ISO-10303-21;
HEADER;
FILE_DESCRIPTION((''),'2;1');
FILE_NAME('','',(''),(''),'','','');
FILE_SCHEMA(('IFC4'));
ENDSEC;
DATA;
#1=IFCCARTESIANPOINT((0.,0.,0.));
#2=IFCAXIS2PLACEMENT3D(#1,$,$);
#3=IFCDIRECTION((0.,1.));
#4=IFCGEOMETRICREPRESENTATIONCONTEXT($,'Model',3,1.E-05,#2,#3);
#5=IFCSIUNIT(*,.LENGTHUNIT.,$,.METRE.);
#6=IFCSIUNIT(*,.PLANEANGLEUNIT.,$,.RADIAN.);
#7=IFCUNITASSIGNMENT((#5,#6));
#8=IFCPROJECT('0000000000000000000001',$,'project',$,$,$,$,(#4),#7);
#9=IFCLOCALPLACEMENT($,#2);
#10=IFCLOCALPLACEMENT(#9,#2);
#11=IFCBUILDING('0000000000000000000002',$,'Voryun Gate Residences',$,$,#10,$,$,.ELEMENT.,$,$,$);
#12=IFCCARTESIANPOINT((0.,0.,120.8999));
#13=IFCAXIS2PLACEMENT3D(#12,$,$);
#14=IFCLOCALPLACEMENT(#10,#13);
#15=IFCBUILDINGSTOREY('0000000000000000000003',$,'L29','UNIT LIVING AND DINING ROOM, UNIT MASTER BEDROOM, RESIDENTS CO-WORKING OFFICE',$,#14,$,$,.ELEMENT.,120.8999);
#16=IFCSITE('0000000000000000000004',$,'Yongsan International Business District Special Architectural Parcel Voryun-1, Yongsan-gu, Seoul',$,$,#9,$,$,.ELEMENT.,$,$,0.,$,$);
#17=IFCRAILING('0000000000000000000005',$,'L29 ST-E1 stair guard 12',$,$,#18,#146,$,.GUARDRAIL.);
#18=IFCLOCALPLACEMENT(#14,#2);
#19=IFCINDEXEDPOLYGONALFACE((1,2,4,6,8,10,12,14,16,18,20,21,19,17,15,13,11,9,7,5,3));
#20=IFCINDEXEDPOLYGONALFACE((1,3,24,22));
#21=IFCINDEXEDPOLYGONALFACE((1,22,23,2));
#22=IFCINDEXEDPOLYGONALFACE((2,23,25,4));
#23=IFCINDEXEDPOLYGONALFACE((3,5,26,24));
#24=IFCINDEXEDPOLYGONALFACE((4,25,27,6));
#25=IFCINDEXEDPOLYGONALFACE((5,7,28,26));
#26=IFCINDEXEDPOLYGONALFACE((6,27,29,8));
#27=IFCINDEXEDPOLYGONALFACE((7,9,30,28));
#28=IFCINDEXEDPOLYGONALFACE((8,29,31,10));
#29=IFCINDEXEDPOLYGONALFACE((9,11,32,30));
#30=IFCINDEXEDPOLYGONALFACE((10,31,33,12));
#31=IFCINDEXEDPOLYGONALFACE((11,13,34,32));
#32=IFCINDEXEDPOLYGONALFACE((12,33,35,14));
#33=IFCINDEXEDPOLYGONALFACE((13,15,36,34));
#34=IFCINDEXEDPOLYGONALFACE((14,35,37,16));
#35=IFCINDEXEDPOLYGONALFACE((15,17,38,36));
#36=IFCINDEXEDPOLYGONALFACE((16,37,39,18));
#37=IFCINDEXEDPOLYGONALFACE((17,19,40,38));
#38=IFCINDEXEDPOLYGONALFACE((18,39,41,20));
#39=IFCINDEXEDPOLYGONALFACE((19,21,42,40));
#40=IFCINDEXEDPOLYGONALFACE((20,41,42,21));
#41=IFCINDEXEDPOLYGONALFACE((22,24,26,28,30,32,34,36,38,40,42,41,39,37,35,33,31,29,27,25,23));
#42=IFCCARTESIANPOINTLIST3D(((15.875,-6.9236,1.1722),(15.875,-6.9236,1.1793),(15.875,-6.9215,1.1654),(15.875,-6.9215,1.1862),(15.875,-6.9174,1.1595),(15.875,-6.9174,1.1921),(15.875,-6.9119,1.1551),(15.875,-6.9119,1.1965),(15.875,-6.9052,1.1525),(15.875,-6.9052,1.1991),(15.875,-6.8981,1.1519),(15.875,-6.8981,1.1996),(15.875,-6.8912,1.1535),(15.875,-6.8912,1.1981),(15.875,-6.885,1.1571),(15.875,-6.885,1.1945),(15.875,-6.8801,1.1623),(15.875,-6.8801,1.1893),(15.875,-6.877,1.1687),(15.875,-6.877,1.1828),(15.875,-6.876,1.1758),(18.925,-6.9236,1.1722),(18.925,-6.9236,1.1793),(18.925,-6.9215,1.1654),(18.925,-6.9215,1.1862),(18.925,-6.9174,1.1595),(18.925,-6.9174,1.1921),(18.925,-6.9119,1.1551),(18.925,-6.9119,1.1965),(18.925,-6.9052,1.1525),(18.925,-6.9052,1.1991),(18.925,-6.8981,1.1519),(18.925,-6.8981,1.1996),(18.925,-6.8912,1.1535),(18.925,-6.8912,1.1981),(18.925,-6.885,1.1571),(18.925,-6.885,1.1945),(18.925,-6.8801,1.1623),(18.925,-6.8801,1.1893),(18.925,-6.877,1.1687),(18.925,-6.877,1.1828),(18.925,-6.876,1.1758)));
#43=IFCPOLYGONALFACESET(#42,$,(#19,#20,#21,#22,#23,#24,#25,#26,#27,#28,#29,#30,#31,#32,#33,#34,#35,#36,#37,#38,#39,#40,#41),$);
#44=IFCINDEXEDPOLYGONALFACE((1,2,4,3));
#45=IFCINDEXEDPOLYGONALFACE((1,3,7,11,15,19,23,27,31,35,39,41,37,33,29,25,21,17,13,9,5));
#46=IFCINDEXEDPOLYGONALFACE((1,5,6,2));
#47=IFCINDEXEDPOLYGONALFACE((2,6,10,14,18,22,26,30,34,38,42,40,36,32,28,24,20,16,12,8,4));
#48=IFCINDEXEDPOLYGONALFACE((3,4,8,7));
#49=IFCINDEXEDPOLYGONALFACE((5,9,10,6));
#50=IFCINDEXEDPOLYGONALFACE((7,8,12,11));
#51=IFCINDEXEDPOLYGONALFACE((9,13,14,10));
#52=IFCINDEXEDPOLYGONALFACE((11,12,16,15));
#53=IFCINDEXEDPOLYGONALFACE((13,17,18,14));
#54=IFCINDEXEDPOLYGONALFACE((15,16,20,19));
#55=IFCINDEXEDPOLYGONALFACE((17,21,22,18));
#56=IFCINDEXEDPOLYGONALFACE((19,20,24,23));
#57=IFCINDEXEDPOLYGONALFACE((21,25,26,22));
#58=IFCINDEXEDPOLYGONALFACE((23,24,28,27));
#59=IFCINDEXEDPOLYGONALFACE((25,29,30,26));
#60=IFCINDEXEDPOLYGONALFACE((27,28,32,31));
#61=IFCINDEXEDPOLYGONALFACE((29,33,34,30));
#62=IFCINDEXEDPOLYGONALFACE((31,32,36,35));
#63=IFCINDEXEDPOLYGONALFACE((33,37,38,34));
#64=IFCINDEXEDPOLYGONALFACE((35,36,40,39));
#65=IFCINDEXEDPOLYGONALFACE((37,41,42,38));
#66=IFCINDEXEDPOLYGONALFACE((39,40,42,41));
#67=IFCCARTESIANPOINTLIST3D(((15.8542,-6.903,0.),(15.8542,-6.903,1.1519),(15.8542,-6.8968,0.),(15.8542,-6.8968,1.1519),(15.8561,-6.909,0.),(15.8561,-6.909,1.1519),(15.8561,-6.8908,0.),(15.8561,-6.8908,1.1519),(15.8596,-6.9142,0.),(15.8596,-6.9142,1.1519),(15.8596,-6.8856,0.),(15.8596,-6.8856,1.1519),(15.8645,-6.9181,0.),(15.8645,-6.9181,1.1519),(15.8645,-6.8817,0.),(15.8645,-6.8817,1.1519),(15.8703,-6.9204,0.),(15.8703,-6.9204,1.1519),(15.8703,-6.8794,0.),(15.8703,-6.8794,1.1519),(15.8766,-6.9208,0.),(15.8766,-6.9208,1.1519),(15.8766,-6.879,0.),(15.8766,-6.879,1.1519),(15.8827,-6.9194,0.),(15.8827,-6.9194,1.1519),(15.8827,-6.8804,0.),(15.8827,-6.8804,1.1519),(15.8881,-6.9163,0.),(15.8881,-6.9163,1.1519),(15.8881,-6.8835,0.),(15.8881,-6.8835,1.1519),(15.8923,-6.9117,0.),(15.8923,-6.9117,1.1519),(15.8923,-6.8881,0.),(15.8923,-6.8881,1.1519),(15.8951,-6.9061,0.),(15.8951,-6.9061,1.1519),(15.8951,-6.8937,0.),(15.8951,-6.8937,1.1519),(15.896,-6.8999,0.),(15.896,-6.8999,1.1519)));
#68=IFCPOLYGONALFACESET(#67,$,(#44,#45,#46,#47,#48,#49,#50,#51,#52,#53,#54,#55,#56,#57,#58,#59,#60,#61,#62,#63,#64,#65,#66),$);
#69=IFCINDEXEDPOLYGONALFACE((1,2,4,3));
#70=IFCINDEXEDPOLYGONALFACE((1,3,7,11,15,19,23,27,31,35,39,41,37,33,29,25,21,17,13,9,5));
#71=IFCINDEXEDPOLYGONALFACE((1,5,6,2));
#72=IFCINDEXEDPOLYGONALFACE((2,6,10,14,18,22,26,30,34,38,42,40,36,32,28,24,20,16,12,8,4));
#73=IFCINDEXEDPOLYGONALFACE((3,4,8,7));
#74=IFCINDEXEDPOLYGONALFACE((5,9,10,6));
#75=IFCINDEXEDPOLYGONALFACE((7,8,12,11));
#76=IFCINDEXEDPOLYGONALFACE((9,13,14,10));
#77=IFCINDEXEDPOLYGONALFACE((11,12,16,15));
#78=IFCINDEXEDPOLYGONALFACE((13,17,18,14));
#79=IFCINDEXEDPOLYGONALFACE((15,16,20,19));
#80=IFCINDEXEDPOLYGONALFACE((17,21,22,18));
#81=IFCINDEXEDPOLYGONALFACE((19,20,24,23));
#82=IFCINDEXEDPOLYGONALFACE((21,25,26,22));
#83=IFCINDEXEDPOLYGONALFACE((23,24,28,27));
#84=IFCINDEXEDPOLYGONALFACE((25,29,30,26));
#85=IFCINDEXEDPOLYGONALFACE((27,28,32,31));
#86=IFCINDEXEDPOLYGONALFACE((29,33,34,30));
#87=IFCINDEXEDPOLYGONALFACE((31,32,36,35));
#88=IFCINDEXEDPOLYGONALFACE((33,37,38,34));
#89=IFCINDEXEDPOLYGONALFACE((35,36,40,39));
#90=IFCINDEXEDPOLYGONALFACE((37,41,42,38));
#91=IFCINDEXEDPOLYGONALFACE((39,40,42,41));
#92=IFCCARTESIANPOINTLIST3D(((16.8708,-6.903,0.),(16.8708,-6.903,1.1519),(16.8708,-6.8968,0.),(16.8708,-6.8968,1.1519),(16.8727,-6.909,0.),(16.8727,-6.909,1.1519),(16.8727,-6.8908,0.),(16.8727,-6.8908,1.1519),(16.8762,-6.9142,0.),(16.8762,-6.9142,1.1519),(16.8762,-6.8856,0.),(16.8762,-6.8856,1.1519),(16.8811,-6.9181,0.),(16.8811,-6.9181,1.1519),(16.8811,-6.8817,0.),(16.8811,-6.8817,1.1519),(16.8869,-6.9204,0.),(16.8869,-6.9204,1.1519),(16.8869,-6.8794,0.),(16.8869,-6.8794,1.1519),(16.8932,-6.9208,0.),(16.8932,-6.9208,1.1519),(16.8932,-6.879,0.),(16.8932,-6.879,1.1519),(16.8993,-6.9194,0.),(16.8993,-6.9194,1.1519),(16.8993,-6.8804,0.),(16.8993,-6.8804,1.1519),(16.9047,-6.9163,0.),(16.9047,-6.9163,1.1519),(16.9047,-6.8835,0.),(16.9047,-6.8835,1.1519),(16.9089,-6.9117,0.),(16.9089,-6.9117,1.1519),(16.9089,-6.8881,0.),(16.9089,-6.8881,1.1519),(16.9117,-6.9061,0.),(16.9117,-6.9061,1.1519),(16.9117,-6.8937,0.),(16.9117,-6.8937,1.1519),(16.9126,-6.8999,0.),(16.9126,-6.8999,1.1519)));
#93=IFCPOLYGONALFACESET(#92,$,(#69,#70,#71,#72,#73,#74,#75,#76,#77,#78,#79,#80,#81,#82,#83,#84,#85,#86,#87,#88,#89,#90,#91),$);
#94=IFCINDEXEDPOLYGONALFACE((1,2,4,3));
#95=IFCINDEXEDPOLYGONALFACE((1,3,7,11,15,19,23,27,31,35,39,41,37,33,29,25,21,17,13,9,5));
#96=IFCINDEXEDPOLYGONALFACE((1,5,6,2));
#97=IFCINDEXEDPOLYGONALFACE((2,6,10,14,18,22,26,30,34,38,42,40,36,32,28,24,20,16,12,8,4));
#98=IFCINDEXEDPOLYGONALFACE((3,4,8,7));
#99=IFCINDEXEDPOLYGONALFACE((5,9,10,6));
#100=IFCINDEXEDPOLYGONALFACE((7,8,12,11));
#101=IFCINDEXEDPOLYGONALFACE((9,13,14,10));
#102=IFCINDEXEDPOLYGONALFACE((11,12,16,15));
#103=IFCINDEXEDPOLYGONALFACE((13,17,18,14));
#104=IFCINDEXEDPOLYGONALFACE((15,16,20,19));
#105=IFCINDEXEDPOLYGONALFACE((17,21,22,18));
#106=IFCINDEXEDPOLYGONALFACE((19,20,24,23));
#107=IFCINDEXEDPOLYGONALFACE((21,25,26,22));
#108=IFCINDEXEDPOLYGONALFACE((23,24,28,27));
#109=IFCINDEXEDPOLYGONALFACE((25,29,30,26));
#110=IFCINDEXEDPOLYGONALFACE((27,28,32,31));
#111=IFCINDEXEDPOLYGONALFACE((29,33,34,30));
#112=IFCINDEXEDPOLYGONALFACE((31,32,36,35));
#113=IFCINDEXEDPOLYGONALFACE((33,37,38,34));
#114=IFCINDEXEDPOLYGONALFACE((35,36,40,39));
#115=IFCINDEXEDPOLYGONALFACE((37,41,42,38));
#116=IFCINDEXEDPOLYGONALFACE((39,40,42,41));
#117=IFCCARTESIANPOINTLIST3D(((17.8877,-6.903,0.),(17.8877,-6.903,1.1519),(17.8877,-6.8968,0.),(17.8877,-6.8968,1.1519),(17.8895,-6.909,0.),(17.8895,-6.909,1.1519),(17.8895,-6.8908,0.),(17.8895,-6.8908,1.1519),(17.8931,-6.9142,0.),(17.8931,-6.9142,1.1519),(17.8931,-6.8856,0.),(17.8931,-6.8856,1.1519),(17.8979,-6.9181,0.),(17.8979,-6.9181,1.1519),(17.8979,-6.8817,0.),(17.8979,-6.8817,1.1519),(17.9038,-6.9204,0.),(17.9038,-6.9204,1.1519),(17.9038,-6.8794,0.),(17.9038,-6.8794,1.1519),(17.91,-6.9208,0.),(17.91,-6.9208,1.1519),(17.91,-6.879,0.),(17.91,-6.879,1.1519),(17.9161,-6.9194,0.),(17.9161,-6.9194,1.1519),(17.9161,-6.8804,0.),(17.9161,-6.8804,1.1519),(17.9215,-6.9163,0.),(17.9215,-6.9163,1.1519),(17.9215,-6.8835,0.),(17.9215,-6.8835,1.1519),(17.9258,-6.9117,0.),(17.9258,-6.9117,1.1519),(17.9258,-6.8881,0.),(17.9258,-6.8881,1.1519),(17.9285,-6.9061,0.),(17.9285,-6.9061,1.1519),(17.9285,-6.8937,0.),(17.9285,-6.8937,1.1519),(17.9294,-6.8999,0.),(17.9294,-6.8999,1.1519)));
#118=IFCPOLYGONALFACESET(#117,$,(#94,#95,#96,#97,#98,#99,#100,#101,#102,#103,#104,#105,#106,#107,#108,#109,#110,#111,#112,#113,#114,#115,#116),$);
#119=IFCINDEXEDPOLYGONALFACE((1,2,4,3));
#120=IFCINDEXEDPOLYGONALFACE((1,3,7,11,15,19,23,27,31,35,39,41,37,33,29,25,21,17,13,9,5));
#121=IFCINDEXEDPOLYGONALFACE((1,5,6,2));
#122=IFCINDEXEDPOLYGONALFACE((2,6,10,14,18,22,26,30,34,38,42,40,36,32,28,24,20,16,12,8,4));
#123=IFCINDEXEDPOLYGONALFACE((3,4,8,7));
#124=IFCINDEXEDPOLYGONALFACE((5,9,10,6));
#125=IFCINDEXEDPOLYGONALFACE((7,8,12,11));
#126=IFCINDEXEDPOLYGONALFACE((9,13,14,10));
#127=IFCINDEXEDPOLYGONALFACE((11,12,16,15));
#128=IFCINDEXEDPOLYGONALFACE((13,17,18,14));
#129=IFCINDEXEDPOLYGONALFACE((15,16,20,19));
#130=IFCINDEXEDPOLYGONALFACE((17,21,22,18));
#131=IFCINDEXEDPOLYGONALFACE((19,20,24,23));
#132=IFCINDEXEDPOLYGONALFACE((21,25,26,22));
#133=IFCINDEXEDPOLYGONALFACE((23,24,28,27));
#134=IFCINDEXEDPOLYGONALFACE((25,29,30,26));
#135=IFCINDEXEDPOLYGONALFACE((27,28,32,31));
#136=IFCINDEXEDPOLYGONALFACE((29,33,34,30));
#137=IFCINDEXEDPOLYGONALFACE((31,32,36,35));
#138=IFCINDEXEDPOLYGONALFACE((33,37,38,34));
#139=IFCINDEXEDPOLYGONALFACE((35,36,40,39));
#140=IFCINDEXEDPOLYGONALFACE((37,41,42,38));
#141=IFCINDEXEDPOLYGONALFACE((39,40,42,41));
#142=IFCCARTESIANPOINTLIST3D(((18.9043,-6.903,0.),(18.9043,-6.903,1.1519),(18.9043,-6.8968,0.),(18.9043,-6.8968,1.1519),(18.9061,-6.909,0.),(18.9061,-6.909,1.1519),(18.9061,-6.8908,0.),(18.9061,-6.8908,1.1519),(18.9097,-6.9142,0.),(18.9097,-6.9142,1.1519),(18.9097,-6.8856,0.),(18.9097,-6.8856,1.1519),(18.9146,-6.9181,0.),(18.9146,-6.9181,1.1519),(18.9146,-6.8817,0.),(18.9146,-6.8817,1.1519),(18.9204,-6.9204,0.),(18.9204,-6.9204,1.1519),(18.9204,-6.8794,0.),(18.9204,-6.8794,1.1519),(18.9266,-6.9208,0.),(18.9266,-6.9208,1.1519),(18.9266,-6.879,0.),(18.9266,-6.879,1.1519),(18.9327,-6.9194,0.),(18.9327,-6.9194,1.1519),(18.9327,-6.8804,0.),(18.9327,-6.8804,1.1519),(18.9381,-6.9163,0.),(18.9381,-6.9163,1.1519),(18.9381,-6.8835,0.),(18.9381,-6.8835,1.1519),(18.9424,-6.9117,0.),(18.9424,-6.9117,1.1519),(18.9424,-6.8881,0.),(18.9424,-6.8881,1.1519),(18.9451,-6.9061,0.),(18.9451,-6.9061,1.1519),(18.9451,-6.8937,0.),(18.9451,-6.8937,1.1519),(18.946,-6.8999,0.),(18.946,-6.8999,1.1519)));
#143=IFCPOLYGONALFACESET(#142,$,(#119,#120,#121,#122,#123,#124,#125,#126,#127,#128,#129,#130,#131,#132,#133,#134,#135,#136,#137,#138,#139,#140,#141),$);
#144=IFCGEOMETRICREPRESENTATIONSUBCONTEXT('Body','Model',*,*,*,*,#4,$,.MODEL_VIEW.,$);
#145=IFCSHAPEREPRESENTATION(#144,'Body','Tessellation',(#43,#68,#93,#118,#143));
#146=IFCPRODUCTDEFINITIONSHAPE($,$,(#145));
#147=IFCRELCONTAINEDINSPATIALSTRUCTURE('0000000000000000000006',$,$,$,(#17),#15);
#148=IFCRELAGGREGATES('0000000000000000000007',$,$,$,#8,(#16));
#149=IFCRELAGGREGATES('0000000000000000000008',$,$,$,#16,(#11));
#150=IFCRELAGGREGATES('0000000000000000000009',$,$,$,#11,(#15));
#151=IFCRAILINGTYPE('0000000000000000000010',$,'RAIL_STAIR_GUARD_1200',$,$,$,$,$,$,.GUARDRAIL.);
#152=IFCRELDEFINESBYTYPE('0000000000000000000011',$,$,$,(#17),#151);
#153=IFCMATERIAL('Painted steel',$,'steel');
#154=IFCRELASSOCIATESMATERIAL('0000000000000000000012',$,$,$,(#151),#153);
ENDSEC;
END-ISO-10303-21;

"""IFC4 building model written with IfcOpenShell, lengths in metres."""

from ifc_helpers import new_model, si_unit, direction, frame, origin, origin_2d, place, context, subcontext, project, spatial, circle, extrude, material, type_object, element, save


model = new_model("IFC4")

# Units and contexts
model_context = context("Model", 3, precision=1e-05, world=origin(), true_north=direction((0.0, 1.0)))
body_context = subcontext(model_context, "Body", "Model", "MODEL_VIEW")
ifc_project = project(units=[si_unit("LENGTHUNIT", "METRE"), si_unit("PLANEANGLEUNIT", "RADIAN")], contexts=[model_context])

# Site, building, storey
site_placement = place(None, origin())
site = spatial("IfcSite", under=ifc_project, at=site_placement, Name="Yongsan International Business District Special Architectural Parcel Voryun-1, Yongsan-gu, Seoul", CompositionType="ELEMENT", RefElevation=0.0)
building_placement = place(site_placement, origin())
building = spatial("IfcBuilding", under=site, at=building_placement, Name="Voryun Gate Residences", CompositionType="ELEMENT")
storey_placement = place(building_placement, frame((0.0, 0.0, 120.8999)))
storey = spatial("IfcBuildingStorey", under=building, at=storey_placement, Name="L29", Description="UNIT LIVING AND DINING ROOM, UNIT MASTER BEDROOM, RESIDENTS CO-WORKING OFFICE", CompositionType="ELEMENT", Elevation=120.8999)

# Railing
ifc_material_1 = material(Name="Painted steel", Category="steel")
railing_type_1 = type_object("IfcRailingType", Name="RAIL_STAIR_GUARD_1200", PredefinedType="GUARDRAIL", material=ifc_material_1)
railing_1_placement = place(storey_placement, frame((15.875, -6.8999, 0.0)))
element("IfcRailing", 1, at=railing_1_placement, inside=storey, type_object=railing_type_1, Name="L29 ST-E1 stair guard 12", PredefinedType="GUARDRAIL", context=body_context, shape_type="SweptSolid", body=[
    extrude(circle(Radius=0.0239, at=origin_2d()), frame((0.0, 0.0, 1.1758), z_axis=(1.0, 0.0, 0.0), x_axis=(0.0, 1.0, 0.0)), (0.0, 0.0, 1.0), 3.05),
    extrude(circle(Radius=0.021, at=origin_2d()), origin(), (0.0, 0.0, 1.0), 1.1519),
    extrude(circle(Radius=0.021, at=origin_2d()), frame((1.0166, 0.0, 0.0)), (0.0, 0.0, 1.0), 1.1519),
    extrude(circle(Radius=0.021, at=origin_2d()), frame((2.0334, 0.0, 0.0)), (0.0, 0.0, 1.0), 1.1519),
    extrude(circle(Radius=0.021, at=origin_2d()), frame((3.05, 0.0, 0.0)), (0.0, 0.0, 1.0), 1.1519),
])

save(model, "model.ifc")
